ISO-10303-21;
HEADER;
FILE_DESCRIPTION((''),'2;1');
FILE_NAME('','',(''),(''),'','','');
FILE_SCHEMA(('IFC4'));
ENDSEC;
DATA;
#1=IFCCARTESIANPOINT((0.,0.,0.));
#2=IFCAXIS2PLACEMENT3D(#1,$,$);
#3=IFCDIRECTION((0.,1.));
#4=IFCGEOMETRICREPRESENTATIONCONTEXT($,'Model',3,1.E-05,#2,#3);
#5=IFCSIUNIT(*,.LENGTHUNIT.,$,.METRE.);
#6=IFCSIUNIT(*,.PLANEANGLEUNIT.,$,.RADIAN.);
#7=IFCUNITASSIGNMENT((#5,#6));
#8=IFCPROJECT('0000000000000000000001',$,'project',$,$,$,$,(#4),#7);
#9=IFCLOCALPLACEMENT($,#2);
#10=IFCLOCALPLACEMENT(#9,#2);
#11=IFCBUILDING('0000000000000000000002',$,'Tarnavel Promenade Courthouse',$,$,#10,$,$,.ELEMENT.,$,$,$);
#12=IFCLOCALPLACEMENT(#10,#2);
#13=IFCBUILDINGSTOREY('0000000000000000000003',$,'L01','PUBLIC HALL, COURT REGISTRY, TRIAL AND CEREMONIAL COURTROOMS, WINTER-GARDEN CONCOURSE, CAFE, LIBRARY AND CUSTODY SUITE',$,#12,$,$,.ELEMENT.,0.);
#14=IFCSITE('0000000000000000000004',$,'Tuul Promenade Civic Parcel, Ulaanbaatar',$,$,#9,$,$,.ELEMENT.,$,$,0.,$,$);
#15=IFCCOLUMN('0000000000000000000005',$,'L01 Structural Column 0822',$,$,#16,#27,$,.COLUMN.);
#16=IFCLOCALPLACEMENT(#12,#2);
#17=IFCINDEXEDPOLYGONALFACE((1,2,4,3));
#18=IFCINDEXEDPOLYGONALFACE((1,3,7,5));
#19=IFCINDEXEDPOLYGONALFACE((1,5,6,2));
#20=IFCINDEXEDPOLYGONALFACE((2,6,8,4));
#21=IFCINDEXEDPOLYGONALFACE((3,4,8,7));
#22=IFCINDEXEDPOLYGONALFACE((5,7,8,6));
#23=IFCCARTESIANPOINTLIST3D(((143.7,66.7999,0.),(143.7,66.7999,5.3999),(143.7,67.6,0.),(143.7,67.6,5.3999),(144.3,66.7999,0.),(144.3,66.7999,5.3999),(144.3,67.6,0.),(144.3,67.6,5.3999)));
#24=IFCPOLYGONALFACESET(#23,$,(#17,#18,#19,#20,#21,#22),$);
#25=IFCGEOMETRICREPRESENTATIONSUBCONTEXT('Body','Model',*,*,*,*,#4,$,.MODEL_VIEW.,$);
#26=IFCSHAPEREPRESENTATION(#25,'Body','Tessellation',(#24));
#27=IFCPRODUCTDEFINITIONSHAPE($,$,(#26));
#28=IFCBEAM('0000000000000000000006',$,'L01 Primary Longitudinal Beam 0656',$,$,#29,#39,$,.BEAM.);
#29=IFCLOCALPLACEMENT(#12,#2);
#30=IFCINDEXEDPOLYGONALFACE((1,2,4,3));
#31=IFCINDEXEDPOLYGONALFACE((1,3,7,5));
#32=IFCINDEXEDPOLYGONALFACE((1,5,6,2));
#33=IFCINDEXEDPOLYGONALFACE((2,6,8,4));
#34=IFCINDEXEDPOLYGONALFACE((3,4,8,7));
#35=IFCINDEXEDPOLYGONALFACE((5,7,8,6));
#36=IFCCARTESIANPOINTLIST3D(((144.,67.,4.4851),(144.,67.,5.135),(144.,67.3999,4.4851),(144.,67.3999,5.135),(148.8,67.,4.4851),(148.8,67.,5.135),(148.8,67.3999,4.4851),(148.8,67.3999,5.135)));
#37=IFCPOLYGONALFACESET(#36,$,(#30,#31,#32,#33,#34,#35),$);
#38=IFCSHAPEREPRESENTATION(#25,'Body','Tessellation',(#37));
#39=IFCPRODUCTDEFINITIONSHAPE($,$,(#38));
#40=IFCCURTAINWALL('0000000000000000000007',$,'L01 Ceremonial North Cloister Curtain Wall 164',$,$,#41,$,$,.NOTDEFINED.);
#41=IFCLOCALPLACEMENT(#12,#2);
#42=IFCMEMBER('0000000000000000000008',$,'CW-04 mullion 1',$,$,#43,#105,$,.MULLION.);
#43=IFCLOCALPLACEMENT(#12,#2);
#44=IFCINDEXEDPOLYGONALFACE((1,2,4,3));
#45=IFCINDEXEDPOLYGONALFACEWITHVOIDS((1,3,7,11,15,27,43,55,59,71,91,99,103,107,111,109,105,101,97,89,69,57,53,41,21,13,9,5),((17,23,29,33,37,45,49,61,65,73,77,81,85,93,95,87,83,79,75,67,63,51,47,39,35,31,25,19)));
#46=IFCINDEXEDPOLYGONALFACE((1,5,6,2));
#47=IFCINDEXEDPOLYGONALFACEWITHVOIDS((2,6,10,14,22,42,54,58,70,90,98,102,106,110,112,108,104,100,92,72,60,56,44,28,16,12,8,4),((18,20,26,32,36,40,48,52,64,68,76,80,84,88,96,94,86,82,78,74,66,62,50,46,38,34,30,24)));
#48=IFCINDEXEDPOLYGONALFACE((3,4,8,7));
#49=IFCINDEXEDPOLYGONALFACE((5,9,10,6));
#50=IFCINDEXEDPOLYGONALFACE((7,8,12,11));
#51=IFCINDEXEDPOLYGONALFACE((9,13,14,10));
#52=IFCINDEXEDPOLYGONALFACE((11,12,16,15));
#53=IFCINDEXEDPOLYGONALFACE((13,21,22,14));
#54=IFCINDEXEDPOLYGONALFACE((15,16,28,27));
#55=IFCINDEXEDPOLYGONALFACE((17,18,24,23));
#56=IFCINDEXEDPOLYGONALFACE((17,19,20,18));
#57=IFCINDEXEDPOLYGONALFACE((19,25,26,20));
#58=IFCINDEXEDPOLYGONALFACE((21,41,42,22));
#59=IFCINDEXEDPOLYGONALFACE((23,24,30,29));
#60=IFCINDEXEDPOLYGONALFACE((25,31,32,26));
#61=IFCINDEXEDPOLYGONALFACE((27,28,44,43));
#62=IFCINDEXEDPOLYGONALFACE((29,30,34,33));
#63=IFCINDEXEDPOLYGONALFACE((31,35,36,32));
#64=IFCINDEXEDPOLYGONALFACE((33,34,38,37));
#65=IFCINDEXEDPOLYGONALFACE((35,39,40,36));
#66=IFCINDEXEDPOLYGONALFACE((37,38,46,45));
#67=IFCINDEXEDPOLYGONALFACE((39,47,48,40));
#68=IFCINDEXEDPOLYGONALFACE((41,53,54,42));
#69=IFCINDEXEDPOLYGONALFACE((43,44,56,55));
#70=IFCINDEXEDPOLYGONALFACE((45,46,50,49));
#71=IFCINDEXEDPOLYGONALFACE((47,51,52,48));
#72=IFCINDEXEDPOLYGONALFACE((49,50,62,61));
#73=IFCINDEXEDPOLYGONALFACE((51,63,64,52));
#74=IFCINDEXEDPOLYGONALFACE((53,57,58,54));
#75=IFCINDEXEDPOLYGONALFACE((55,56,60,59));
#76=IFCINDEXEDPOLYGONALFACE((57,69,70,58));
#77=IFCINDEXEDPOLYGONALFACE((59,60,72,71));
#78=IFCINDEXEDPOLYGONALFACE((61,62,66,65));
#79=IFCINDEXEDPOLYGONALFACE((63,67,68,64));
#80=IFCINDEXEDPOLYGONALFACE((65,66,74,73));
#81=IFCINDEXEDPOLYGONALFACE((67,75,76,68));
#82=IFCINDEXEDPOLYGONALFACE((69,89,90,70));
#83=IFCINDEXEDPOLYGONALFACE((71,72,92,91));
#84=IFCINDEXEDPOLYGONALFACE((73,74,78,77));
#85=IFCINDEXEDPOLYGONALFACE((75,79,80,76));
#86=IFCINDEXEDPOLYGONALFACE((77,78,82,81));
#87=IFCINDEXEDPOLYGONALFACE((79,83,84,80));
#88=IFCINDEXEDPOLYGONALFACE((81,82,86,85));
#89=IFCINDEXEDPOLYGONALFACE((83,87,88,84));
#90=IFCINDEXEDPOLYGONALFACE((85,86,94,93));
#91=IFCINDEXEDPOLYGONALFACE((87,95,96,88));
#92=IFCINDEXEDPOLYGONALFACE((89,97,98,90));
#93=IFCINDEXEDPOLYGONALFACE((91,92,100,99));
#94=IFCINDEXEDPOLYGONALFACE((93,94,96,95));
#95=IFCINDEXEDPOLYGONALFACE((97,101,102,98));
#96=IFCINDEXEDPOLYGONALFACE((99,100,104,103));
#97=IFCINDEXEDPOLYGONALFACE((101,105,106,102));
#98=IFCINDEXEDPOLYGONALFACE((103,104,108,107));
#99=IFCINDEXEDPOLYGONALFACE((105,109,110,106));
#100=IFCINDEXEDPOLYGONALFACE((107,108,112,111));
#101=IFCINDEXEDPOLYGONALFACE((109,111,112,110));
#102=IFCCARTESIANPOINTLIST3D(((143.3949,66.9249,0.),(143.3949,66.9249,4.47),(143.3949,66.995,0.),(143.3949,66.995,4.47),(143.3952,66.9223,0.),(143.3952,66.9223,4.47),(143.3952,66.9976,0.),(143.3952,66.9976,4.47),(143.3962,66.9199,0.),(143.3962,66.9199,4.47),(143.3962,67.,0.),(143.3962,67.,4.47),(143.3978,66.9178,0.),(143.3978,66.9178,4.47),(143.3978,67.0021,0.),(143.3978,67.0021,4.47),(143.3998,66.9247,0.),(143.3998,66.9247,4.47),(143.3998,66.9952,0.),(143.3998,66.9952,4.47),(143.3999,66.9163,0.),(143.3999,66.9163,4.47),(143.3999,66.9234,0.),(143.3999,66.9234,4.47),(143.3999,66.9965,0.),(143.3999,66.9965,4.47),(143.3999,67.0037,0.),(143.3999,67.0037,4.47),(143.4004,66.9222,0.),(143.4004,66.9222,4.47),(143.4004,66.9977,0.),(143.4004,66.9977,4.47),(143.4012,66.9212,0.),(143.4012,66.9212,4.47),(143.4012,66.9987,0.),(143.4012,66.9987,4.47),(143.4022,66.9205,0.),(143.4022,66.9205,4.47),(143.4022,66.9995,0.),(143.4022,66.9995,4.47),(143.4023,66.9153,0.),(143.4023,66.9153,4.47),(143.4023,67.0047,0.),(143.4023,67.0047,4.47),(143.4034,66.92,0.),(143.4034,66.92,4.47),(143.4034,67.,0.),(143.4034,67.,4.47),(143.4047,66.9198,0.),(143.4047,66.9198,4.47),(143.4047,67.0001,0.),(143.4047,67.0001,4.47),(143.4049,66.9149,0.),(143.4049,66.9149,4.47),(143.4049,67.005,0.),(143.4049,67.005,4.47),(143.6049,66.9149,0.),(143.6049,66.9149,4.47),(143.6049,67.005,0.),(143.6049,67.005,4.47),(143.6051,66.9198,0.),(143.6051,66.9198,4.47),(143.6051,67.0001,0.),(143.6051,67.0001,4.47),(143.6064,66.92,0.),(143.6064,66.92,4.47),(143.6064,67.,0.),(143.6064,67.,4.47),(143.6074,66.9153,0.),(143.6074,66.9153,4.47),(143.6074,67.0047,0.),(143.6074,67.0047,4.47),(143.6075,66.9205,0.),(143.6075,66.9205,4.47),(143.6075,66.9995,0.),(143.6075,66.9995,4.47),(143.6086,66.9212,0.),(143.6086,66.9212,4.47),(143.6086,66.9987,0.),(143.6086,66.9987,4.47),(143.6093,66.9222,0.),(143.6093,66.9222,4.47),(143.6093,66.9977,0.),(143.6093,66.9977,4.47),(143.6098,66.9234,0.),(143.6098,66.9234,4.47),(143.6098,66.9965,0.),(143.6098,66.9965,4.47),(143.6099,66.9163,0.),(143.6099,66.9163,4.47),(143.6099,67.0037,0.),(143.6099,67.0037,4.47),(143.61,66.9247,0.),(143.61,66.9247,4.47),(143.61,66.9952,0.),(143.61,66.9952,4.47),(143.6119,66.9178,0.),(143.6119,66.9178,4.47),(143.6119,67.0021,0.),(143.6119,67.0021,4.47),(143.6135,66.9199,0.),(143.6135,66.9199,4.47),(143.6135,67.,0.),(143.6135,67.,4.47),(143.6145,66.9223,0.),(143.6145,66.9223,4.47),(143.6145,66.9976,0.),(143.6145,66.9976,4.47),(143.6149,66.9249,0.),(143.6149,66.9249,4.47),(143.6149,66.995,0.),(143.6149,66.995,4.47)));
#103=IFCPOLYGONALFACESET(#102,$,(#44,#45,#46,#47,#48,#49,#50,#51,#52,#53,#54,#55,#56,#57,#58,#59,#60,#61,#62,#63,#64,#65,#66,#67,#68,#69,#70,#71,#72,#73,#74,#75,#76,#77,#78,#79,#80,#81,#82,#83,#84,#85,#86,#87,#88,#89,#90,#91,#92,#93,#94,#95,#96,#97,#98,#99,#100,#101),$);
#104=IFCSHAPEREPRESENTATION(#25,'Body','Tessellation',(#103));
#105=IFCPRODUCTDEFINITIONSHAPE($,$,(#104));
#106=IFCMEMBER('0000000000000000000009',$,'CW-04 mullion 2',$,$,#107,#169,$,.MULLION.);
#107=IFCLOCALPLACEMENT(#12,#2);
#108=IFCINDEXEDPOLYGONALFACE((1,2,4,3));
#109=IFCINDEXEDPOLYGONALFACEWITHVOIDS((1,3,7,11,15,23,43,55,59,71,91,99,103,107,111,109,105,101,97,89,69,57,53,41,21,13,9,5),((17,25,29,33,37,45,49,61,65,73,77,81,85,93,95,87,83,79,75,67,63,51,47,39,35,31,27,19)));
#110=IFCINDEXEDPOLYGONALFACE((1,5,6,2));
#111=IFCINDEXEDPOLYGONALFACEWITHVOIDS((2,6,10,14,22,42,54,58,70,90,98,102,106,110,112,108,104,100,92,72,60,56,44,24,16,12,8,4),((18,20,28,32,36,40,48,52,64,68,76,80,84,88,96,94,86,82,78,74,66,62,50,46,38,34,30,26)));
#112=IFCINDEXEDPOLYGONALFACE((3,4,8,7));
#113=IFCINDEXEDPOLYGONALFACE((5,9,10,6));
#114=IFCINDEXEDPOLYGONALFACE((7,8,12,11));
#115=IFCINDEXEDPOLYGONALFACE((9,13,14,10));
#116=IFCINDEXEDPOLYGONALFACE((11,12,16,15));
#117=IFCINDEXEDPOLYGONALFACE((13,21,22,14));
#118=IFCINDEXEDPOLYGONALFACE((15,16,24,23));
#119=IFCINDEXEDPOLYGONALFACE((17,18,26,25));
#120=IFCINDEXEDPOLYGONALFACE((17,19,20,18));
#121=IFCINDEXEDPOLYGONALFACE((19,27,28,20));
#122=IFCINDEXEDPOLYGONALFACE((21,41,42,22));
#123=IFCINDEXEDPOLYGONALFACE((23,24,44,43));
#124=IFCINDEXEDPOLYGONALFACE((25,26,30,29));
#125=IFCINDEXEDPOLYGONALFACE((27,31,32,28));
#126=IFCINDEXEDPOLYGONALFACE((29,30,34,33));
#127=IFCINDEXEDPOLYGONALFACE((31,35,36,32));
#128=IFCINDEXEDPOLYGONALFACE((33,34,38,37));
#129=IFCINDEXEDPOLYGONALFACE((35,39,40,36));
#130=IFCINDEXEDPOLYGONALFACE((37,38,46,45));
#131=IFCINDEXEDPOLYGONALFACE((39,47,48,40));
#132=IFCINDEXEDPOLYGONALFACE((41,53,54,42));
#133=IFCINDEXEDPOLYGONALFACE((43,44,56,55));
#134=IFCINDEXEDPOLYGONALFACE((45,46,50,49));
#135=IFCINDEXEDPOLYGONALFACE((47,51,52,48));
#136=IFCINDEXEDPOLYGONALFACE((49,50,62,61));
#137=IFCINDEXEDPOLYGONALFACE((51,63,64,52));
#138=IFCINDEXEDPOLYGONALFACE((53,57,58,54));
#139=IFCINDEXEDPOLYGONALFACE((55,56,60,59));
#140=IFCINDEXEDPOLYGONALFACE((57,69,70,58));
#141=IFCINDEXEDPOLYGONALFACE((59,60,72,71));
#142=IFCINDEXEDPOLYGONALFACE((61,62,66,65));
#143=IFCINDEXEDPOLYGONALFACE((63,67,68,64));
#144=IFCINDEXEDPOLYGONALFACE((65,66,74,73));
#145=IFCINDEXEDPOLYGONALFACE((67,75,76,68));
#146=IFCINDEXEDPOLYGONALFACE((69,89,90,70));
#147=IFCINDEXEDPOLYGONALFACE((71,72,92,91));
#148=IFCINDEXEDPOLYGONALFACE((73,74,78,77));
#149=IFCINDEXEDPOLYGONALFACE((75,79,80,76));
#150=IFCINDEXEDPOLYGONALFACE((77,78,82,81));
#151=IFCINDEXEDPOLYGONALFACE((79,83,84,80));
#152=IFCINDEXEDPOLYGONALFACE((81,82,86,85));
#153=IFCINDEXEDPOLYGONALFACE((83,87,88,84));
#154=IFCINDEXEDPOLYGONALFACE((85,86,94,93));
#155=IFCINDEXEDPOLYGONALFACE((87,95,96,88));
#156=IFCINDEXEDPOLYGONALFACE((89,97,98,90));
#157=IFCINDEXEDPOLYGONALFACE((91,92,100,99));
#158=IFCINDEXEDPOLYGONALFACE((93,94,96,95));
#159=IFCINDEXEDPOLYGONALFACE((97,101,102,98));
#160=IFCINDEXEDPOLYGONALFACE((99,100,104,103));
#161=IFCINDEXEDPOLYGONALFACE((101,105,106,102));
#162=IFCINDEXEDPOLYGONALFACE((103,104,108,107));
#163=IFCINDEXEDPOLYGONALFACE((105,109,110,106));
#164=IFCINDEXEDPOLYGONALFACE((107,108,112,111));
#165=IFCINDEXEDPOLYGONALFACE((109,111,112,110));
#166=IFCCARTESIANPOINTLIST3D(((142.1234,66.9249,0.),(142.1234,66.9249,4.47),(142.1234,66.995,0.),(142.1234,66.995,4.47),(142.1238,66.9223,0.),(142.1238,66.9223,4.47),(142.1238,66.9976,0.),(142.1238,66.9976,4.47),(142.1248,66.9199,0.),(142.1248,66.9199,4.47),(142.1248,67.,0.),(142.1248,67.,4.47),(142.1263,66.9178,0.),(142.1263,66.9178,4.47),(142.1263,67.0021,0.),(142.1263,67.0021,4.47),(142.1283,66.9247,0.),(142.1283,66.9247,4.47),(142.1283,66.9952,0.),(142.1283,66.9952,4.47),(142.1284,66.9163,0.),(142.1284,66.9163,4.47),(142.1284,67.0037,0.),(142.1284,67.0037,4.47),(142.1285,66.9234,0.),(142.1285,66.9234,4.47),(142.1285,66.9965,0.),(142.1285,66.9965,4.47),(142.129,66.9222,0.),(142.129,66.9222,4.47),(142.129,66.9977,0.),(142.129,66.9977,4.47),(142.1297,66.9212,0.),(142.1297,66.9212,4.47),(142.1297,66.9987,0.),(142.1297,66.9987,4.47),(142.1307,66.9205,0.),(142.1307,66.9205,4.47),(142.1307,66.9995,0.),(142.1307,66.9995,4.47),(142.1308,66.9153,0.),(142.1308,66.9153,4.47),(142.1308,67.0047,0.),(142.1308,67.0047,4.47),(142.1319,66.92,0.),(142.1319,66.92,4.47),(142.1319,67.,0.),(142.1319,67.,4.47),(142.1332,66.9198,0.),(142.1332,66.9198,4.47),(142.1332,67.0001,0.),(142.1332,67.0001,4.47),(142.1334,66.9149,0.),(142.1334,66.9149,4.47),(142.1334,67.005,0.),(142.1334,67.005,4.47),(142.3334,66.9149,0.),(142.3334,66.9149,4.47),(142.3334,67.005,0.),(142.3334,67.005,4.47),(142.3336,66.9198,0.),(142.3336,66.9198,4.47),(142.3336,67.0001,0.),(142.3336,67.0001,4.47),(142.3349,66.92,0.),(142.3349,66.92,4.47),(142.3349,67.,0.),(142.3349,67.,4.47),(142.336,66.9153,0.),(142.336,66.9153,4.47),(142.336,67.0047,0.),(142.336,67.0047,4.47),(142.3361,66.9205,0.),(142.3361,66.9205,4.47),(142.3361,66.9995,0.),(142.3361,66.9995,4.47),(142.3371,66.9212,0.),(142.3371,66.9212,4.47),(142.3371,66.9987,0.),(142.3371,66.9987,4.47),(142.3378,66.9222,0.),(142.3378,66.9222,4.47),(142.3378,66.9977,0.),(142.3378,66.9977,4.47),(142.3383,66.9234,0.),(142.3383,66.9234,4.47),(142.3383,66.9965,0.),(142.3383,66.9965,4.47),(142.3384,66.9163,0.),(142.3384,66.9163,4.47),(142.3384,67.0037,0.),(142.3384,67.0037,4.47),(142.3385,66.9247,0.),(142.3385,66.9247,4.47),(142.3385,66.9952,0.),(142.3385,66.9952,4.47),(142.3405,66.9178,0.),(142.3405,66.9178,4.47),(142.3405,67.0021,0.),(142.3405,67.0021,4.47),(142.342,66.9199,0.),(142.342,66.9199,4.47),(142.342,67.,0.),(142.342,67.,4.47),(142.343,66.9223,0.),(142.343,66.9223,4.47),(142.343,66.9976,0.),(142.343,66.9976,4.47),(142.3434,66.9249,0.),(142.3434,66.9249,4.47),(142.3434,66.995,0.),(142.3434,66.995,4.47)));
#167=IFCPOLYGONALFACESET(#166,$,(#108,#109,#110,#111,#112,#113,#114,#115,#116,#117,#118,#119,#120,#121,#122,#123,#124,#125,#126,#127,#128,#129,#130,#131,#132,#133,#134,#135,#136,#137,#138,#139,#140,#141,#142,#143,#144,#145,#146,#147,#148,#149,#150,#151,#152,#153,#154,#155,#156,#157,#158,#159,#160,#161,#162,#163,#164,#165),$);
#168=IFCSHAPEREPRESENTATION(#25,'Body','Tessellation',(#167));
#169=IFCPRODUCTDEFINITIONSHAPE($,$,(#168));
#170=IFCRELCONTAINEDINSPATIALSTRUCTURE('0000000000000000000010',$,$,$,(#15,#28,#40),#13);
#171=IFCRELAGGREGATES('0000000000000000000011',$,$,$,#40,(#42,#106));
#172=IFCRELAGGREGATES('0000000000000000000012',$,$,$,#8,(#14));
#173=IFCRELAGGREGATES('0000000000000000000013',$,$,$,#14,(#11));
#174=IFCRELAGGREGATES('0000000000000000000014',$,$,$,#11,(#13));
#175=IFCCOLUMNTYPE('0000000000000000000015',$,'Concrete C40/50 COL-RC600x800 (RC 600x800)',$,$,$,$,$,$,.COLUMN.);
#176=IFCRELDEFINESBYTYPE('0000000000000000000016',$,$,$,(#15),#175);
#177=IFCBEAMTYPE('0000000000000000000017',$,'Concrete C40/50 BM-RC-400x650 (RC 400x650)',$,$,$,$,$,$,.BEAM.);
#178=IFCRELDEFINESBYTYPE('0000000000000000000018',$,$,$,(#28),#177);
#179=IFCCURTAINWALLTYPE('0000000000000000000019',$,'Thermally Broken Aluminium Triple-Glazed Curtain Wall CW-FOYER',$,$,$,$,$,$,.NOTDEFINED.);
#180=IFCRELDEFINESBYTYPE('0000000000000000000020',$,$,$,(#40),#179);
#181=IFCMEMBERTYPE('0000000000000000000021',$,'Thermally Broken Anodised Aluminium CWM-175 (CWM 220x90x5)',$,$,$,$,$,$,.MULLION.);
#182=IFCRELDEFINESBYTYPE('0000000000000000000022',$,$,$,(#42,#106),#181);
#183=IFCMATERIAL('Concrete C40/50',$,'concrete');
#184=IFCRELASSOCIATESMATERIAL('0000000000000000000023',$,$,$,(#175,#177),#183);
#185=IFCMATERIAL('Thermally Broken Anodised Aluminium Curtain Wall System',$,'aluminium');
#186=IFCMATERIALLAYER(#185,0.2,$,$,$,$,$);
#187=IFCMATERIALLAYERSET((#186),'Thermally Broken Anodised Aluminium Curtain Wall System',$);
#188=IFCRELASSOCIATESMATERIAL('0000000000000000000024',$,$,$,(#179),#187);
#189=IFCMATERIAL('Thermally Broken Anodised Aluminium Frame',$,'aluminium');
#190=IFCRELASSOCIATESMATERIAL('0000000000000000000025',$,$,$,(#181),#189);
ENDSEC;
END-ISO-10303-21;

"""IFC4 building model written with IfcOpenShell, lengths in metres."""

from ifc_helpers import new_model, si_unit, direction, frame, origin, origin_2d, place, context, subcontext, project, spatial, rectangle, hollow_rectangle, extrude, material, layer, layer_set, material_profile, profile_set, type_object, element, aggregate, save


model = new_model("IFC4")

# Units and contexts
model_context = context("Model", 3, precision=1e-05, world=origin(), true_north=direction((0.0, 1.0)))
body_context = subcontext(model_context, "Body", "Model", "MODEL_VIEW")
ifc_project = project(units=[si_unit("LENGTHUNIT", "METRE"), si_unit("PLANEANGLEUNIT", "RADIAN")], contexts=[model_context])

# Site, building, storey
site_placement = place(None, origin())
site = spatial("IfcSite", under=ifc_project, at=site_placement, Name="Tuul Promenade Civic Parcel, Ulaanbaatar", CompositionType="ELEMENT", RefElevation=0.0)
building_placement = place(site_placement, origin())
building = spatial("IfcBuilding", under=site, at=building_placement, Name="Tarnavel Promenade Courthouse", CompositionType="ELEMENT")
storey_placement = place(building_placement, origin())
storey = spatial("IfcBuildingStorey", under=building, at=storey_placement, Name="L01", Description="PUBLIC HALL, COURT REGISTRY, TRIAL AND CEREMONIAL COURTROOMS, WINTER-GARDEN CONCOURSE, CAFE, LIBRARY AND CUSTODY SUITE", CompositionType="ELEMENT", Elevation=0.0)

# Column
ifc_material_1 = material(Name="Concrete C40/50", Category="concrete")
ifc_material_profile_1 = material_profile(ifc_material_1, rectangle(XDim=0.6001, YDim=0.8, at=origin_2d()), Name="RC 600x800")
ifc_profile_set_1 = profile_set([ifc_material_profile_1], Name="Concrete C40/50")
column_type = type_object("IfcColumnType", Name="Concrete C40/50 COL-RC600x800 (RC 600x800)", PredefinedType="COLUMN", material=ifc_profile_set_1)
column_placement = place(storey_placement, frame((144.0, 67.2, 0.0), z_axis=(0.0, 0.0, 1.0), x_axis=(1.0, 0.0, 0.0)))
element("IfcColumn", 1, at=column_placement, inside=storey, type_object=column_type, Name="L01 Structural Column 0822", PredefinedType="COLUMN", context=body_context, shape_type="SweptSolid", body=[
    extrude(rectangle(XDim=0.6001, YDim=0.8, at=origin_2d()), origin(), (0.0, 0.0, 1.0), 5.3999),
])

# Beam
ifc_material_profile_2 = material_profile(ifc_material_1, rectangle(XDim=0.3999, YDim=0.6499, at=origin_2d()), Name="RC 400x650")
ifc_profile_set_2 = profile_set([ifc_material_profile_2], Name="Concrete C40/50")
beam_type = type_object("IfcBeamType", Name="Concrete C40/50 BM-RC-400x650 (RC 400x650)", PredefinedType="BEAM", material=ifc_profile_set_2)
beam_placement = place(storey_placement, frame((144.0, 67.2, 4.8101), z_axis=(1.0, 0.0, 0.0), x_axis=(0.0, 1.0, 0.0)))
element("IfcBeam", 2, at=beam_placement, inside=storey, type_object=beam_type, Name="L01 Primary Longitudinal Beam 0656", PredefinedType="BEAM", context=body_context, shape_type="SweptSolid", body=[
    extrude(rectangle(XDim=0.3999, YDim=0.6499, at=origin_2d()), origin(), (0.0, 0.0, 1.0), 4.8),
])

# Curtain wall, members
ifc_material_2 = material(Name="Thermally Broken Anodised Aluminium Curtain Wall System", Category="aluminium")
ifc_layer_1 = layer(ifc_material_2, 0.2)
ifc_layer_set_1 = layer_set([ifc_layer_1], Name="Thermally Broken Anodised Aluminium Curtain Wall System")
curtain_wall_type = type_object("IfcCurtainWallType", Name="Thermally Broken Aluminium Triple-Glazed Curtain Wall CW-FOYER", PredefinedType="NOTDEFINED", material=ifc_layer_set_1)
curtain_wall_1_placement = place(storey_placement, origin())
curtain_wall_1 = element("IfcCurtainWall", 3, at=curtain_wall_1_placement, inside=storey, type_object=curtain_wall_type, Name="L01 Ceremonial North Cloister Curtain Wall 164", PredefinedType="NOTDEFINED")
ifc_material_3 = material(Name="Thermally Broken Anodised Aluminium Frame", Category="aluminium")
ifc_material_profile_3 = material_profile(ifc_material_3, hollow_rectangle(XDim=0.0901, YDim=0.22, WallThickness=0.0049, InnerFilletRadius=0.0049, OuterFilletRadius=0.01, at=origin_2d()), Name="CWM 220x90x5")
ifc_profile_set_3 = profile_set([ifc_material_profile_3], Name="Thermally Broken Anodised Aluminium Frame")
member_type_1 = type_object("IfcMemberType", Name="Thermally Broken Anodised Aluminium CWM-175 (CWM 220x90x5)", PredefinedType="MULLION", material=ifc_profile_set_3)
member_1_placement = place(storey_placement, frame((143.5049, 66.96, 0.0), z_axis=(0.0, 0.0, 1.0), x_axis=(0.0, -1.0, 0.0)))
member_1 = element("IfcMember", 4, at=member_1_placement, type_object=member_type_1, Name="CW-04 mullion 1", PredefinedType="MULLION", context=body_context, shape_type="SweptSolid", body=[
    extrude(hollow_rectangle(XDim=0.0901, YDim=0.22, WallThickness=0.0049, InnerFilletRadius=0.0049, OuterFilletRadius=0.01, at=origin_2d()), origin(), (0.0, 0.0, 1.0), 4.47),
])
member_2_placement = place(storey_placement, frame((142.2334, 66.96, 0.0), z_axis=(0.0, 0.0, 1.0), x_axis=(0.0, -1.0, 0.0)))
member_2 = element("IfcMember", 5, at=member_2_placement, type_object=member_type_1, Name="CW-04 mullion 2", PredefinedType="MULLION", context=body_context, shape_type="SweptSolid", body=[
    extrude(hollow_rectangle(XDim=0.0901, YDim=0.22, WallThickness=0.0049, InnerFilletRadius=0.0049, OuterFilletRadius=0.01, at=origin_2d()), origin(), (0.0, 0.0, 1.0), 4.47),
])

aggregate(curtain_wall_1, [member_1, member_2])

save(model, "model.ifc")
